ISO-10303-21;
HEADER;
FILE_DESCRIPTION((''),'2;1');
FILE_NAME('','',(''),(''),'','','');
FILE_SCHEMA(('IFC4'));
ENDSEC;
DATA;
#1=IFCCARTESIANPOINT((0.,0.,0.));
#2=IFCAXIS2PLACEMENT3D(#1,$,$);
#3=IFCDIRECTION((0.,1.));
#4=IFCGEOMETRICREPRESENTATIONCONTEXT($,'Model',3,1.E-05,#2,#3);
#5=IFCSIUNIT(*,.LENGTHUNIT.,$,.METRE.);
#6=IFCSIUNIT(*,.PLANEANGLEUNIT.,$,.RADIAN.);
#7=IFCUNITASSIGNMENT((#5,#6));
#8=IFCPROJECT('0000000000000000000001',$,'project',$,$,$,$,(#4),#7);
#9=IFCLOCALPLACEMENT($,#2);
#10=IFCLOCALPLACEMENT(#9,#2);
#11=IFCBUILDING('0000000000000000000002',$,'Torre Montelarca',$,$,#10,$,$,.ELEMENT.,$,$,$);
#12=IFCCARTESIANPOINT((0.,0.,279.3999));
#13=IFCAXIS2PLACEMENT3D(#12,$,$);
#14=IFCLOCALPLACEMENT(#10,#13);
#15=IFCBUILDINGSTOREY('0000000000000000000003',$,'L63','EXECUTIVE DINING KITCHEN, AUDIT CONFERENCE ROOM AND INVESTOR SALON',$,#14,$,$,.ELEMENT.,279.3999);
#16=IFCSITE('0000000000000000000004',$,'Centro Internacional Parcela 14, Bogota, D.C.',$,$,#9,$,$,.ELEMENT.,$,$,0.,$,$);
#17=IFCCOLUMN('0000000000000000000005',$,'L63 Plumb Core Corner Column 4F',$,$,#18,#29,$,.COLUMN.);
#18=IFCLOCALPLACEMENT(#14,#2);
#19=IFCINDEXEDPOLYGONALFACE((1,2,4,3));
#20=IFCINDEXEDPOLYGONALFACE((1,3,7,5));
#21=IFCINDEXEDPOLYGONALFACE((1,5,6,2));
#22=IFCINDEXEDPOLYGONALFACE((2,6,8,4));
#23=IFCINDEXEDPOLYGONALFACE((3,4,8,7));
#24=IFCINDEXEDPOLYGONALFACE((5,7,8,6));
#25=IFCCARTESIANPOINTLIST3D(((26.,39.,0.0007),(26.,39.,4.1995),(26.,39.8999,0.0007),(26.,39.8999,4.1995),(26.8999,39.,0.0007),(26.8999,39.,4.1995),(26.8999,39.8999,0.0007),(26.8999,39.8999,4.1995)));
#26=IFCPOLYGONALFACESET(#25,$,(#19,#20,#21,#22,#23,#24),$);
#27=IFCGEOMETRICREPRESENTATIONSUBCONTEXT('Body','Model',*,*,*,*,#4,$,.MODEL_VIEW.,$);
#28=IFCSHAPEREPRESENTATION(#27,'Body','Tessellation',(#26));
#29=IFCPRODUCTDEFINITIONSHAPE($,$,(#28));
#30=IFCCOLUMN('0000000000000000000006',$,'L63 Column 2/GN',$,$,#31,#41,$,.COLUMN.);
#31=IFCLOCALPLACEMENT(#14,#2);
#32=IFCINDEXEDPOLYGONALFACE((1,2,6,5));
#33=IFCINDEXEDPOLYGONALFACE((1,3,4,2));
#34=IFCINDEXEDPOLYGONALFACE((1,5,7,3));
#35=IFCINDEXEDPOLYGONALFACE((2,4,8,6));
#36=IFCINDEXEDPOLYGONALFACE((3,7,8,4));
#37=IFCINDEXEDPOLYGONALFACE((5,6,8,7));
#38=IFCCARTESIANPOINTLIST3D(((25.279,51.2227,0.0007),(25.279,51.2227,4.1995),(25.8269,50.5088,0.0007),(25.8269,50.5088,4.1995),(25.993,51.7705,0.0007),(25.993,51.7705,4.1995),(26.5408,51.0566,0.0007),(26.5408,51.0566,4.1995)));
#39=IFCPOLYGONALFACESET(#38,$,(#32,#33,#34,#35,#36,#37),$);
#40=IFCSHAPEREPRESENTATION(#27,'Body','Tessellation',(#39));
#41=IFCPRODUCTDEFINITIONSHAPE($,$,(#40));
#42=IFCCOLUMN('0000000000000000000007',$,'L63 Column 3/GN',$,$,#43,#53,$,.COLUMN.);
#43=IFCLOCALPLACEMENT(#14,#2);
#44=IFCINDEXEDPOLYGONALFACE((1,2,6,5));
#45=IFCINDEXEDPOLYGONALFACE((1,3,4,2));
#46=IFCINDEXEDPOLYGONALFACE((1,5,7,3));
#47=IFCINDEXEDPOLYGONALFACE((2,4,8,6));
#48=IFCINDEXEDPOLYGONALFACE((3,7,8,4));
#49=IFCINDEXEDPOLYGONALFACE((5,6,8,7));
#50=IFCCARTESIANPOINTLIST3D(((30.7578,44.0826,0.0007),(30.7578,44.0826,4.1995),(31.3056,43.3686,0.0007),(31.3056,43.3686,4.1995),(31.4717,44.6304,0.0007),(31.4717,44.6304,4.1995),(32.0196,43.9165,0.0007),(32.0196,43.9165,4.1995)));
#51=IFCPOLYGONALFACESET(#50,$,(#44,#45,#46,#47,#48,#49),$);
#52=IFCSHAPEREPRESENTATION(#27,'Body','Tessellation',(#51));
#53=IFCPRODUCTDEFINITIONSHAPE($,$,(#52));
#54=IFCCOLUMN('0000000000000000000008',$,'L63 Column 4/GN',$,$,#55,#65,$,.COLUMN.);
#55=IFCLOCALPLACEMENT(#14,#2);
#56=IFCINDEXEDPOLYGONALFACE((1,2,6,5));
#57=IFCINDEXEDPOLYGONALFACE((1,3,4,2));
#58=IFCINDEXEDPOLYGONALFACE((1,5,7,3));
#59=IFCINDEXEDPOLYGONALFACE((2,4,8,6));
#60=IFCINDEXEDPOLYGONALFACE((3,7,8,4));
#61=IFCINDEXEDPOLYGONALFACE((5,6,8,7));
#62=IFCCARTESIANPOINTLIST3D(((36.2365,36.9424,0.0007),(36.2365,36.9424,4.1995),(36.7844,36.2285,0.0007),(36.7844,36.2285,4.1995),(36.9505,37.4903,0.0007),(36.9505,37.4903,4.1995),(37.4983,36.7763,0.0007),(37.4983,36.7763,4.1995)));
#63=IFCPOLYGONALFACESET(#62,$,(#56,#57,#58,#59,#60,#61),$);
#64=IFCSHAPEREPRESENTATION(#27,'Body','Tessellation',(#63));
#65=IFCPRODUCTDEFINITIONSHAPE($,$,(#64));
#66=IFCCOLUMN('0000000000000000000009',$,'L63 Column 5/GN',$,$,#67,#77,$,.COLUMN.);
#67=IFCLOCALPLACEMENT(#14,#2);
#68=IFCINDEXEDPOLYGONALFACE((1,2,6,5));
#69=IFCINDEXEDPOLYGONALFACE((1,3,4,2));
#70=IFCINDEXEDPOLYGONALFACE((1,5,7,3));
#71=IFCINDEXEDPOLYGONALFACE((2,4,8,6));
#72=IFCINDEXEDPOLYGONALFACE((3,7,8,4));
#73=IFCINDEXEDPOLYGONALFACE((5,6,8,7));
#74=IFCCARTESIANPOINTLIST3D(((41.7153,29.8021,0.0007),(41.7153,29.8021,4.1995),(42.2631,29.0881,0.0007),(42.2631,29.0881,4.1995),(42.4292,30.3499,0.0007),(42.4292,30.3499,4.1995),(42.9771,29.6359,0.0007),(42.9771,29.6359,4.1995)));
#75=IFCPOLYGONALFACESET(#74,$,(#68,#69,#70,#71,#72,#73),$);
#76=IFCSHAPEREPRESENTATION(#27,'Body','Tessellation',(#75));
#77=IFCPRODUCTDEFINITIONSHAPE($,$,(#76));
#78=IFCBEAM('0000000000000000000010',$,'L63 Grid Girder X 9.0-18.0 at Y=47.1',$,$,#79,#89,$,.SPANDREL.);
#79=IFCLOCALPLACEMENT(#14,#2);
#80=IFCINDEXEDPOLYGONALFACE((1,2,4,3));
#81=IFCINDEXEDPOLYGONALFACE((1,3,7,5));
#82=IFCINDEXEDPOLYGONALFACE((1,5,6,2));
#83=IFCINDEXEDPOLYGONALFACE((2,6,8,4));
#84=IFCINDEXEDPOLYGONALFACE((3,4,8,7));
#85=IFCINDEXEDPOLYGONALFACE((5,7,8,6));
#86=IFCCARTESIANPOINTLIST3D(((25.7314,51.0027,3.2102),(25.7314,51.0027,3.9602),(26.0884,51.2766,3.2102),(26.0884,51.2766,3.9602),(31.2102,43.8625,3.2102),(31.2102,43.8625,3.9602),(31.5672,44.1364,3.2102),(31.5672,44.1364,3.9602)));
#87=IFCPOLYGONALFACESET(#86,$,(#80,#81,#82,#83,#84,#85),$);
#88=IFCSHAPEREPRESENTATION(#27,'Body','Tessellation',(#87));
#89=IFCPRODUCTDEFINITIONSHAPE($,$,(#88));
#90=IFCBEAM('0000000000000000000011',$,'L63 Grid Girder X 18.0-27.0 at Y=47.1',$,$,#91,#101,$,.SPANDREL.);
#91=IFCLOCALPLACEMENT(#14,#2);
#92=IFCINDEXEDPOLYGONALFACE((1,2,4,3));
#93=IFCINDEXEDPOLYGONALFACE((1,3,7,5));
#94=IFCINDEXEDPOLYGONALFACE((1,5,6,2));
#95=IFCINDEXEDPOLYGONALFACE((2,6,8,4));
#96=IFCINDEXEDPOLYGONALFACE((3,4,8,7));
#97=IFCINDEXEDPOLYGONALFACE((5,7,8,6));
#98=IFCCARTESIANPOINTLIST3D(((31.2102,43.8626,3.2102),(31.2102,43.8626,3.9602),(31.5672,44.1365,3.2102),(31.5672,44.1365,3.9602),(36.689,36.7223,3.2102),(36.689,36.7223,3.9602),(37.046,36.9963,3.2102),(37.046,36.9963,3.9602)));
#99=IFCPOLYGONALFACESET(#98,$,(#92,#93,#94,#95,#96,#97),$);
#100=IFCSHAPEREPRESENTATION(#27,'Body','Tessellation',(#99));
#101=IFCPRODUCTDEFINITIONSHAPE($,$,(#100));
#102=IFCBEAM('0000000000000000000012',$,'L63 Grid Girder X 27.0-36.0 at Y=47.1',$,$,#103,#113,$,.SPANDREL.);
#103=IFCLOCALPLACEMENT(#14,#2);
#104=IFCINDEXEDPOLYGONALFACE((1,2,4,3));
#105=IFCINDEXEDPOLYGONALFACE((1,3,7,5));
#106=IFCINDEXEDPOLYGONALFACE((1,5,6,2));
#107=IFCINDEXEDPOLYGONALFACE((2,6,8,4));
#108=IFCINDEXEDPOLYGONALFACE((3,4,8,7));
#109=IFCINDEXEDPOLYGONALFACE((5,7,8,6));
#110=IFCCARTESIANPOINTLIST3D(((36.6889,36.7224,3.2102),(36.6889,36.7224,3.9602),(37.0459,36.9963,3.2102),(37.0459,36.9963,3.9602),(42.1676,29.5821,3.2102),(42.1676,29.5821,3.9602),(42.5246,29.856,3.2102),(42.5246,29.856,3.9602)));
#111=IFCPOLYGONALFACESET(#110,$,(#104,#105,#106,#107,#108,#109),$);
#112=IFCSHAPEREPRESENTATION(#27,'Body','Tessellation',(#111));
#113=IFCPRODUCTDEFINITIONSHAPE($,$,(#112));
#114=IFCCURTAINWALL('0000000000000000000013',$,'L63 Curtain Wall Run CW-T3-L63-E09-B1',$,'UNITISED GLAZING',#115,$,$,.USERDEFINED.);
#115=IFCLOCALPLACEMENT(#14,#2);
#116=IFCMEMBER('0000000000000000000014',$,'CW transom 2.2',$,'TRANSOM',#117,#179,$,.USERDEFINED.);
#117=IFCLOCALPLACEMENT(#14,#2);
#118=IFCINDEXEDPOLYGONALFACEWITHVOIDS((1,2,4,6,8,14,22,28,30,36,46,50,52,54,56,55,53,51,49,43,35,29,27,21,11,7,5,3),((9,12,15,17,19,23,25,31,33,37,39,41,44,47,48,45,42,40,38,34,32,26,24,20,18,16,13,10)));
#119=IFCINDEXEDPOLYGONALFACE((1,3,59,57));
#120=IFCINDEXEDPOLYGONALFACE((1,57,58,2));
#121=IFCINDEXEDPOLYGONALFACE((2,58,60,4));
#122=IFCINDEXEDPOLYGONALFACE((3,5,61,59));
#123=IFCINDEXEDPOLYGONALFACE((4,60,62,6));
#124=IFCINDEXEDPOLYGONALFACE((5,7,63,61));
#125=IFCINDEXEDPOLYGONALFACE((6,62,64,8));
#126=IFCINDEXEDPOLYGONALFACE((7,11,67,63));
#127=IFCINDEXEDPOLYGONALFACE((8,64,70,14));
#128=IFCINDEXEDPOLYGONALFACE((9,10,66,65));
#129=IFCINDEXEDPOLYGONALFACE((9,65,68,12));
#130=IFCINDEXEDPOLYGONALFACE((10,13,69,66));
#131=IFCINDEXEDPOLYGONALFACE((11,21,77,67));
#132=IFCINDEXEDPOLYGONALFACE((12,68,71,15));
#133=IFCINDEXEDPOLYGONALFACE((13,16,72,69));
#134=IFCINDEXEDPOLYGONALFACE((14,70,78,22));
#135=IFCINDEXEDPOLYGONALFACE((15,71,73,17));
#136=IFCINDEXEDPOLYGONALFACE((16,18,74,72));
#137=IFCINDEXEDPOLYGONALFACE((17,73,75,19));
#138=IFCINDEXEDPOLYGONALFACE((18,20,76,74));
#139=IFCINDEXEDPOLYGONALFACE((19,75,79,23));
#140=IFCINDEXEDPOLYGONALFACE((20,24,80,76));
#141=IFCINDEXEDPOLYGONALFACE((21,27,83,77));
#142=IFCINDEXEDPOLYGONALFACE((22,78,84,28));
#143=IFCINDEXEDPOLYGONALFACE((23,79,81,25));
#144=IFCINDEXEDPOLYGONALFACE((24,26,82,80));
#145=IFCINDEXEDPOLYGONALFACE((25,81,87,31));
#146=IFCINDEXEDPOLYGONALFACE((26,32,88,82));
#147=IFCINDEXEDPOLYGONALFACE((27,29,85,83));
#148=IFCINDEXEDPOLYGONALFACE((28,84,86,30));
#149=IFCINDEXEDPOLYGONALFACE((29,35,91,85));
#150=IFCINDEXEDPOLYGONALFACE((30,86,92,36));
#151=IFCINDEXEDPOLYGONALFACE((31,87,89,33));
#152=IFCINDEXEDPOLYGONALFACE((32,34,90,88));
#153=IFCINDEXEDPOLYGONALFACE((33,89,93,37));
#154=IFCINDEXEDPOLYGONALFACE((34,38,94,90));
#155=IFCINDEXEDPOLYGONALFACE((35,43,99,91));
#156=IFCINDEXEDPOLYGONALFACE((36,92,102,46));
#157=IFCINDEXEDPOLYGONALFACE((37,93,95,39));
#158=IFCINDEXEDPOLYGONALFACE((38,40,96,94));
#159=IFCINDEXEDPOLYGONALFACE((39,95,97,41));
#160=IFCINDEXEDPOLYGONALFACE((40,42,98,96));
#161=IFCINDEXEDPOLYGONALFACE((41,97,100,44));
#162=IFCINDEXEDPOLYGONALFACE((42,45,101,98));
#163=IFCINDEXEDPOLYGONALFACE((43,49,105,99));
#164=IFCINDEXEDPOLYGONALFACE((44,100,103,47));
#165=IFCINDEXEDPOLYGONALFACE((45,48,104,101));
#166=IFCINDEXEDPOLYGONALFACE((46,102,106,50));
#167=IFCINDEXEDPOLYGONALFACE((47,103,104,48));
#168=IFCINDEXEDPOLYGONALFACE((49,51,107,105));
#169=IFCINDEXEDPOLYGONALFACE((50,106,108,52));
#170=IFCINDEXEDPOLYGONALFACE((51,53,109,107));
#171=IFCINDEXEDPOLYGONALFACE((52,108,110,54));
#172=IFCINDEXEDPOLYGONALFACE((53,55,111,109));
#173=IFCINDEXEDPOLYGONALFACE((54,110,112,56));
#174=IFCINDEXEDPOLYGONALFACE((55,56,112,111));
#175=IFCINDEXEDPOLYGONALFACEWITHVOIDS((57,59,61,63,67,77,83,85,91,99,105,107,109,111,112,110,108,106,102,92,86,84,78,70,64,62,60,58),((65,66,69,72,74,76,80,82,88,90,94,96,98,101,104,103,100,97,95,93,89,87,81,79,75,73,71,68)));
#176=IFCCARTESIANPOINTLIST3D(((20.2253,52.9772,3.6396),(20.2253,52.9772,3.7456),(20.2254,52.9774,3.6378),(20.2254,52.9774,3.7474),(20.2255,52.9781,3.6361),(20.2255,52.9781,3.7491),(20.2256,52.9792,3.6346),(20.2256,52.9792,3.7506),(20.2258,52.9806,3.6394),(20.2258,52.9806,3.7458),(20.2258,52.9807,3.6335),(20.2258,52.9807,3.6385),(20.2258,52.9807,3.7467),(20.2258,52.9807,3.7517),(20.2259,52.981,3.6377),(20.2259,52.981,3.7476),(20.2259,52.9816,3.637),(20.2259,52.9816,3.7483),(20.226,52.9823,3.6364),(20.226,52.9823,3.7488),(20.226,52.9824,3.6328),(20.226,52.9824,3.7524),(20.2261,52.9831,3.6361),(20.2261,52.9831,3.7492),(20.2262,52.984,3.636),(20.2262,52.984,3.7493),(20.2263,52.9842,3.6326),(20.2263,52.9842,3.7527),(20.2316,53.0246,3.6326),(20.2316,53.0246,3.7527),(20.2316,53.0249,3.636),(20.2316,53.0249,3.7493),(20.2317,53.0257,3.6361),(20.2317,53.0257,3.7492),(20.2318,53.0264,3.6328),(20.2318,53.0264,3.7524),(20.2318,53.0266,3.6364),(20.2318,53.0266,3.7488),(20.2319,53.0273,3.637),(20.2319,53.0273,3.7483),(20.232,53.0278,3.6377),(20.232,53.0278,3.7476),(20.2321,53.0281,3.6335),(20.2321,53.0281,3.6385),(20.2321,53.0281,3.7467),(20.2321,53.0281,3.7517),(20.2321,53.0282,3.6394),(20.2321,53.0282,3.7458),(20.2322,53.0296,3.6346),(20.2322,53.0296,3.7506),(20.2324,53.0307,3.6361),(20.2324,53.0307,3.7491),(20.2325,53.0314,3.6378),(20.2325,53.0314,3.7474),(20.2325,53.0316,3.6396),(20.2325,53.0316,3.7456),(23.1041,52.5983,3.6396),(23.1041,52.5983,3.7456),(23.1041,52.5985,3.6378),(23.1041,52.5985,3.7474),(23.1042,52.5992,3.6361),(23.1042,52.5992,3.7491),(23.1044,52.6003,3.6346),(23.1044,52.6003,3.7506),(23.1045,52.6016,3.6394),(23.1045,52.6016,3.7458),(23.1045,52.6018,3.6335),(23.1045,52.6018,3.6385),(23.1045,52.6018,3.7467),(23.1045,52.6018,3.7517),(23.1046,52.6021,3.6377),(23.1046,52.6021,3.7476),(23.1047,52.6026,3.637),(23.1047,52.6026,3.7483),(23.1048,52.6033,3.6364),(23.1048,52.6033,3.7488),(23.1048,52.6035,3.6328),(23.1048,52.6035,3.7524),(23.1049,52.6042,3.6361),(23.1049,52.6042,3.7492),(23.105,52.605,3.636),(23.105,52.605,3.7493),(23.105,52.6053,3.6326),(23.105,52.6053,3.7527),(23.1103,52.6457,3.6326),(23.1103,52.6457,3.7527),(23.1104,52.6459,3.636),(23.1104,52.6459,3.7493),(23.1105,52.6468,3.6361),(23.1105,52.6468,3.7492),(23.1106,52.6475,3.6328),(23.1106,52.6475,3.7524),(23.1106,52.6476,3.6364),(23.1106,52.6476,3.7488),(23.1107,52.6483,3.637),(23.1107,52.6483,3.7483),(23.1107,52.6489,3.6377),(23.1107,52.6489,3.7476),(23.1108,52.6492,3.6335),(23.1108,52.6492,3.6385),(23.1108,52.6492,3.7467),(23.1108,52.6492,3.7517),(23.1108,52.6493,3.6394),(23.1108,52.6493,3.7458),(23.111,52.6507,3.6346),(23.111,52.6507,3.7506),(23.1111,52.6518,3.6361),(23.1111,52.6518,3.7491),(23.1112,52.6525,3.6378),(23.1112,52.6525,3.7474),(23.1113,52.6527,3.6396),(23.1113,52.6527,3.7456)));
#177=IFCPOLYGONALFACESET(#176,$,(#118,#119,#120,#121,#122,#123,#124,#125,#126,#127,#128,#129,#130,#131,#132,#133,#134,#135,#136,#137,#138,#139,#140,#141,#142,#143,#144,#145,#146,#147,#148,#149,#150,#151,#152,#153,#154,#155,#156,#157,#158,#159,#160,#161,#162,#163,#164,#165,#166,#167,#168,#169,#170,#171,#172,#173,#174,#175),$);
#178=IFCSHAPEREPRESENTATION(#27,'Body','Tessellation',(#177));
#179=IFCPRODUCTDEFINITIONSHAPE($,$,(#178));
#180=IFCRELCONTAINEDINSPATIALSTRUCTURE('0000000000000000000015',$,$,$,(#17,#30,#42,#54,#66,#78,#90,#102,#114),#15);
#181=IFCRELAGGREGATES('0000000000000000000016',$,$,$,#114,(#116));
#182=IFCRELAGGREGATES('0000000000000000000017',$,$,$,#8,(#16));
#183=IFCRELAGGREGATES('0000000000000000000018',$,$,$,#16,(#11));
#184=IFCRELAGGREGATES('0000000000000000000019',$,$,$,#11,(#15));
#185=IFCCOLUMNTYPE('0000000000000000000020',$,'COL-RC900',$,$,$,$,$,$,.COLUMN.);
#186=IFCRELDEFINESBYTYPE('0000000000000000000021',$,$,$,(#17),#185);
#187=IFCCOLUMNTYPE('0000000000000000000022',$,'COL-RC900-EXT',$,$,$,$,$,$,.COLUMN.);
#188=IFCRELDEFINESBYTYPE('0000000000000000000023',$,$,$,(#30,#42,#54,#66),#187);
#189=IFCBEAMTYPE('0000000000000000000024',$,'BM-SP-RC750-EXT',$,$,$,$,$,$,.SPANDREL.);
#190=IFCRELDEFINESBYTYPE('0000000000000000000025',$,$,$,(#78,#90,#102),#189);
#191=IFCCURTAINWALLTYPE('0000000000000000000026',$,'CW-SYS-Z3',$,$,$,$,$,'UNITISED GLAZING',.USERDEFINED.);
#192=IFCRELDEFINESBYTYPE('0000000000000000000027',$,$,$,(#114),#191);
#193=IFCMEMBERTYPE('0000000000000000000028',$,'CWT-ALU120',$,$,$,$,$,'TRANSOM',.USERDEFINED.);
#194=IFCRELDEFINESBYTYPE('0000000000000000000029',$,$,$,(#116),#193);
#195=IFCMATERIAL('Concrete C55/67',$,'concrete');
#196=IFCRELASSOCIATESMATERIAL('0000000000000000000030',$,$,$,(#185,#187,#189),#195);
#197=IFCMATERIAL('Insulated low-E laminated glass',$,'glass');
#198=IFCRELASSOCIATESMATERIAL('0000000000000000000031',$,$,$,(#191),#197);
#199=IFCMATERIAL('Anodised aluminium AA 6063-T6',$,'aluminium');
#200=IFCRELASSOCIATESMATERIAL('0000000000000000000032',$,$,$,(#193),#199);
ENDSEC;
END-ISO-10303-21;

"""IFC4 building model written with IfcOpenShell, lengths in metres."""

from ifc_helpers import new_model, si_unit, direction, frame, origin, origin_2d, place, context, subcontext, project, spatial, rectangle, hollow_rectangle, extrude, source, transform, mapped, material, material_profile, profile_set, type_object, element, aggregate, save


model = new_model("IFC4")

# Units and contexts
model_context = context("Model", 3, precision=1e-05, world=origin(), true_north=direction((0.0, 1.0)))
body_context = subcontext(model_context, "Body", "Model", "MODEL_VIEW")
ifc_project = project(units=[si_unit("LENGTHUNIT", "METRE"), si_unit("PLANEANGLEUNIT", "RADIAN")], contexts=[model_context])

# Site, building, storey
site_placement = place(None, origin())
site = spatial("IfcSite", under=ifc_project, at=site_placement, Name="Centro Internacional Parcela 14, Bogota, D.C.", CompositionType="ELEMENT", RefElevation=0.0)
building_placement = place(site_placement, origin())
building = spatial("IfcBuilding", under=site, at=building_placement, Name="Torre Montelarca", CompositionType="ELEMENT")
storey_placement = place(building_placement, frame((0.0, 0.0, 279.3999)))
storey = spatial("IfcBuildingStorey", under=building, at=storey_placement, Name="L63", Description="EXECUTIVE DINING KITCHEN, AUDIT CONFERENCE ROOM AND INVESTOR SALON", CompositionType="ELEMENT", Elevation=279.3999)

# Columns
ifc_material_1 = material(Name="Concrete C55/67", Category="concrete")
ifc_material_profile_1 = material_profile(ifc_material_1, rectangle(XDim=0.8999, YDim=0.8999, at=origin_2d()), Name="RC900X900", Category="concrete")
ifc_profile_set_1 = profile_set([ifc_material_profile_1], Name="Concrete C55/67")
column_type_1 = type_object("IfcColumnType", Name="COL-RC900", PredefinedType="COLUMN", material=ifc_profile_set_1)
shared_shape_1 = source(origin(), body_context, "Body", "SweptSolid", [
    extrude(rectangle(XDim=0.8999, YDim=0.8999, at=origin_2d()), origin(), (0.0, 0.0, 1.0), 4.1987),
])
column_placement = place(storey_placement, frame((26.45, 39.45, 0.0007), z_axis=(0.0, 0.0, 1.0), x_axis=(1.0, 0.0, 0.0)))
element("IfcColumn", 1, at=column_placement, inside=storey, type_object=column_type_1, Name="L63 Plumb Core Corner Column 4F", PredefinedType="COLUMN", context=body_context, shape_type="MappedRepresentation", body=[
    mapped(shared_shape_1, transform((0.0, 0.0, 0.0), scale=1.0)),
])
ifc_material_profile_2 = material_profile(ifc_material_1, rectangle(XDim=0.8999, YDim=0.8999, at=origin_2d()), Name="RC900X900", Category="concrete")
ifc_profile_set_2 = profile_set([ifc_material_profile_2], Name="Concrete C55/67")
column_type_2 = type_object("IfcColumnType", Name="COL-RC900-EXT", PredefinedType="COLUMN", material=ifc_profile_set_2)
shared_shape_2 = source(origin(), body_context, "Body", "SweptSolid", [
    extrude(rectangle(XDim=0.8999, YDim=0.8999, at=origin_2d()), origin(), (0.0, 0.0, 1.0), 4.1987),
])
for number, where, z_axis, x_axis, name in (
    (2, (25.9099, 51.1396, 0.0007), (0.0, 0.0, 1.0), (-0.608761, 0.793353, 0.0), "L63 Column 2/GN"),
    (3, (31.3887, 43.9995, 0.0007), (0.0, 0.0, 1.0), (-0.608761, 0.793353, 0.0), "L63 Column 3/GN"),
    (4, (36.8674, 36.8594, 0.0007), (0.0, 0.0, 1.0), (-0.608761, 0.793353, 0.0), "L63 Column 4/GN"),
    (5, (42.3462, 29.719, 0.0007), (0.0, 0.0, 1.0), (-0.608761, 0.793353, 0.0), "L63 Column 5/GN"),
):
    element("IfcColumn", number, at=place(storey_placement, frame(where, z_axis=z_axis, x_axis=x_axis)), inside=storey, type_object=column_type_2, Name=name, PredefinedType="COLUMN", context=body_context, shape_type="MappedRepresentation", body=[
        mapped(shared_shape_2, transform((0.0, 0.0, 0.0), scale=1.0)),
    ])

# Beams
ifc_material_profile_3 = material_profile(ifc_material_1, rectangle(XDim=0.45, YDim=0.75, at=origin_2d()), Name="RCB450X750", Category="concrete")
ifc_profile_set_3 = profile_set([ifc_material_profile_3], Name="Concrete C55/67")
beam_type = type_object("IfcBeamType", Name="BM-SP-RC750-EXT", PredefinedType="SPANDREL", material=ifc_profile_set_3)
shared_shape_3 = source(origin(), body_context, "Body", "SweptSolid", [
    extrude(rectangle(XDim=0.45, YDim=0.75, at=origin_2d()), origin(), (0.0, 0.0, 1.0), 9.0),
])
for number, where, z_axis, x_axis, name in (
    (6, (25.9099, 51.1396, 3.5852), (0.608757, -0.793357, 0.0), (0.793357, 0.608757, 0.0), "L63 Grid Girder X 9.0-18.0 at Y=47.1"),
    (7, (31.3887, 43.9995, 3.5852), (0.608757, -0.793357, 0.0), (0.793357, 0.608757, 0.0), "L63 Grid Girder X 18.0-27.0 at Y=47.1"),
    (8, (36.8674, 36.8594, 3.5852), (0.608744, -0.793367, 0.0), (0.793367, 0.608744, 0.0), "L63 Grid Girder X 27.0-36.0 at Y=47.1"),
):
    element("IfcBeam", number, at=place(storey_placement, frame(where, z_axis=z_axis, x_axis=x_axis)), inside=storey, type_object=beam_type, Name=name, PredefinedType="SPANDREL", context=body_context, shape_type="MappedRepresentation", body=[
        mapped(shared_shape_3, transform((0.0, 0.0, 0.0), scale=1.0)),
    ])

# Curtain wall, member
ifc_material_2 = material(Name="Insulated low-E laminated glass", Category="glass")
curtain_wall_type = type_object("IfcCurtainWallType", Name="CW-SYS-Z3", ElementType="UNITISED GLAZING", PredefinedType="USERDEFINED", material=ifc_material_2)
curtain_wall_1_placement = place(storey_placement, origin())
curtain_wall_1 = element("IfcCurtainWall", 9, at=curtain_wall_1_placement, inside=storey, type_object=curtain_wall_type, Name="L63 Curtain Wall Run CW-T3-L63-E09-B1", ObjectType="UNITISED GLAZING", PredefinedType="USERDEFINED")
ifc_material_3 = material(Name="Anodised aluminium AA 6063-T6", Category="aluminium")
ifc_material_profile_4 = material_profile(ifc_material_3, hollow_rectangle(XDim=0.0549, YDim=0.1201, WallThickness=0.0034, InnerFilletRadius=0.0034, OuterFilletRadius=0.0071, at=origin_2d()), Name="ALU55X120X3.5", Category="aluminium")
ifc_profile_set_4 = profile_set([ifc_material_profile_4], Name="Anodised aluminium AA 6063-T6")
member_type_1 = type_object("IfcMemberType", Name="CWT-ALU120", ElementType="TRANSOM", PredefinedType="USERDEFINED", material=ifc_profile_set_4)
shared_shape_4 = source(origin(), body_context, "Body", "SweptSolid", [
    extrude(hollow_rectangle(XDim=0.0549, YDim=0.1201, WallThickness=0.0034, InnerFilletRadius=0.0034, OuterFilletRadius=0.0071, at=origin_2d()), origin(), (0.0, 0.0, 1.0), 2.9036),
])
member_1_placement = place(storey_placement, frame((23.1077, 52.6255, 3.6926), z_axis=(-0.991448, 0.1305, 0.0), x_axis=(-0.1305, -0.991448, 0.0)))
member_1 = element("IfcMember", 10, at=member_1_placement, type_object=member_type_1, Name="CW transom 2.2", ObjectType="TRANSOM", PredefinedType="USERDEFINED", context=body_context, shape_type="MappedRepresentation", body=[
    mapped(shared_shape_4, transform((0.0, 0.0, 0.0), scale=1.0)),
])

aggregate(curtain_wall_1, [member_1])

save(model, "model.ifc")
